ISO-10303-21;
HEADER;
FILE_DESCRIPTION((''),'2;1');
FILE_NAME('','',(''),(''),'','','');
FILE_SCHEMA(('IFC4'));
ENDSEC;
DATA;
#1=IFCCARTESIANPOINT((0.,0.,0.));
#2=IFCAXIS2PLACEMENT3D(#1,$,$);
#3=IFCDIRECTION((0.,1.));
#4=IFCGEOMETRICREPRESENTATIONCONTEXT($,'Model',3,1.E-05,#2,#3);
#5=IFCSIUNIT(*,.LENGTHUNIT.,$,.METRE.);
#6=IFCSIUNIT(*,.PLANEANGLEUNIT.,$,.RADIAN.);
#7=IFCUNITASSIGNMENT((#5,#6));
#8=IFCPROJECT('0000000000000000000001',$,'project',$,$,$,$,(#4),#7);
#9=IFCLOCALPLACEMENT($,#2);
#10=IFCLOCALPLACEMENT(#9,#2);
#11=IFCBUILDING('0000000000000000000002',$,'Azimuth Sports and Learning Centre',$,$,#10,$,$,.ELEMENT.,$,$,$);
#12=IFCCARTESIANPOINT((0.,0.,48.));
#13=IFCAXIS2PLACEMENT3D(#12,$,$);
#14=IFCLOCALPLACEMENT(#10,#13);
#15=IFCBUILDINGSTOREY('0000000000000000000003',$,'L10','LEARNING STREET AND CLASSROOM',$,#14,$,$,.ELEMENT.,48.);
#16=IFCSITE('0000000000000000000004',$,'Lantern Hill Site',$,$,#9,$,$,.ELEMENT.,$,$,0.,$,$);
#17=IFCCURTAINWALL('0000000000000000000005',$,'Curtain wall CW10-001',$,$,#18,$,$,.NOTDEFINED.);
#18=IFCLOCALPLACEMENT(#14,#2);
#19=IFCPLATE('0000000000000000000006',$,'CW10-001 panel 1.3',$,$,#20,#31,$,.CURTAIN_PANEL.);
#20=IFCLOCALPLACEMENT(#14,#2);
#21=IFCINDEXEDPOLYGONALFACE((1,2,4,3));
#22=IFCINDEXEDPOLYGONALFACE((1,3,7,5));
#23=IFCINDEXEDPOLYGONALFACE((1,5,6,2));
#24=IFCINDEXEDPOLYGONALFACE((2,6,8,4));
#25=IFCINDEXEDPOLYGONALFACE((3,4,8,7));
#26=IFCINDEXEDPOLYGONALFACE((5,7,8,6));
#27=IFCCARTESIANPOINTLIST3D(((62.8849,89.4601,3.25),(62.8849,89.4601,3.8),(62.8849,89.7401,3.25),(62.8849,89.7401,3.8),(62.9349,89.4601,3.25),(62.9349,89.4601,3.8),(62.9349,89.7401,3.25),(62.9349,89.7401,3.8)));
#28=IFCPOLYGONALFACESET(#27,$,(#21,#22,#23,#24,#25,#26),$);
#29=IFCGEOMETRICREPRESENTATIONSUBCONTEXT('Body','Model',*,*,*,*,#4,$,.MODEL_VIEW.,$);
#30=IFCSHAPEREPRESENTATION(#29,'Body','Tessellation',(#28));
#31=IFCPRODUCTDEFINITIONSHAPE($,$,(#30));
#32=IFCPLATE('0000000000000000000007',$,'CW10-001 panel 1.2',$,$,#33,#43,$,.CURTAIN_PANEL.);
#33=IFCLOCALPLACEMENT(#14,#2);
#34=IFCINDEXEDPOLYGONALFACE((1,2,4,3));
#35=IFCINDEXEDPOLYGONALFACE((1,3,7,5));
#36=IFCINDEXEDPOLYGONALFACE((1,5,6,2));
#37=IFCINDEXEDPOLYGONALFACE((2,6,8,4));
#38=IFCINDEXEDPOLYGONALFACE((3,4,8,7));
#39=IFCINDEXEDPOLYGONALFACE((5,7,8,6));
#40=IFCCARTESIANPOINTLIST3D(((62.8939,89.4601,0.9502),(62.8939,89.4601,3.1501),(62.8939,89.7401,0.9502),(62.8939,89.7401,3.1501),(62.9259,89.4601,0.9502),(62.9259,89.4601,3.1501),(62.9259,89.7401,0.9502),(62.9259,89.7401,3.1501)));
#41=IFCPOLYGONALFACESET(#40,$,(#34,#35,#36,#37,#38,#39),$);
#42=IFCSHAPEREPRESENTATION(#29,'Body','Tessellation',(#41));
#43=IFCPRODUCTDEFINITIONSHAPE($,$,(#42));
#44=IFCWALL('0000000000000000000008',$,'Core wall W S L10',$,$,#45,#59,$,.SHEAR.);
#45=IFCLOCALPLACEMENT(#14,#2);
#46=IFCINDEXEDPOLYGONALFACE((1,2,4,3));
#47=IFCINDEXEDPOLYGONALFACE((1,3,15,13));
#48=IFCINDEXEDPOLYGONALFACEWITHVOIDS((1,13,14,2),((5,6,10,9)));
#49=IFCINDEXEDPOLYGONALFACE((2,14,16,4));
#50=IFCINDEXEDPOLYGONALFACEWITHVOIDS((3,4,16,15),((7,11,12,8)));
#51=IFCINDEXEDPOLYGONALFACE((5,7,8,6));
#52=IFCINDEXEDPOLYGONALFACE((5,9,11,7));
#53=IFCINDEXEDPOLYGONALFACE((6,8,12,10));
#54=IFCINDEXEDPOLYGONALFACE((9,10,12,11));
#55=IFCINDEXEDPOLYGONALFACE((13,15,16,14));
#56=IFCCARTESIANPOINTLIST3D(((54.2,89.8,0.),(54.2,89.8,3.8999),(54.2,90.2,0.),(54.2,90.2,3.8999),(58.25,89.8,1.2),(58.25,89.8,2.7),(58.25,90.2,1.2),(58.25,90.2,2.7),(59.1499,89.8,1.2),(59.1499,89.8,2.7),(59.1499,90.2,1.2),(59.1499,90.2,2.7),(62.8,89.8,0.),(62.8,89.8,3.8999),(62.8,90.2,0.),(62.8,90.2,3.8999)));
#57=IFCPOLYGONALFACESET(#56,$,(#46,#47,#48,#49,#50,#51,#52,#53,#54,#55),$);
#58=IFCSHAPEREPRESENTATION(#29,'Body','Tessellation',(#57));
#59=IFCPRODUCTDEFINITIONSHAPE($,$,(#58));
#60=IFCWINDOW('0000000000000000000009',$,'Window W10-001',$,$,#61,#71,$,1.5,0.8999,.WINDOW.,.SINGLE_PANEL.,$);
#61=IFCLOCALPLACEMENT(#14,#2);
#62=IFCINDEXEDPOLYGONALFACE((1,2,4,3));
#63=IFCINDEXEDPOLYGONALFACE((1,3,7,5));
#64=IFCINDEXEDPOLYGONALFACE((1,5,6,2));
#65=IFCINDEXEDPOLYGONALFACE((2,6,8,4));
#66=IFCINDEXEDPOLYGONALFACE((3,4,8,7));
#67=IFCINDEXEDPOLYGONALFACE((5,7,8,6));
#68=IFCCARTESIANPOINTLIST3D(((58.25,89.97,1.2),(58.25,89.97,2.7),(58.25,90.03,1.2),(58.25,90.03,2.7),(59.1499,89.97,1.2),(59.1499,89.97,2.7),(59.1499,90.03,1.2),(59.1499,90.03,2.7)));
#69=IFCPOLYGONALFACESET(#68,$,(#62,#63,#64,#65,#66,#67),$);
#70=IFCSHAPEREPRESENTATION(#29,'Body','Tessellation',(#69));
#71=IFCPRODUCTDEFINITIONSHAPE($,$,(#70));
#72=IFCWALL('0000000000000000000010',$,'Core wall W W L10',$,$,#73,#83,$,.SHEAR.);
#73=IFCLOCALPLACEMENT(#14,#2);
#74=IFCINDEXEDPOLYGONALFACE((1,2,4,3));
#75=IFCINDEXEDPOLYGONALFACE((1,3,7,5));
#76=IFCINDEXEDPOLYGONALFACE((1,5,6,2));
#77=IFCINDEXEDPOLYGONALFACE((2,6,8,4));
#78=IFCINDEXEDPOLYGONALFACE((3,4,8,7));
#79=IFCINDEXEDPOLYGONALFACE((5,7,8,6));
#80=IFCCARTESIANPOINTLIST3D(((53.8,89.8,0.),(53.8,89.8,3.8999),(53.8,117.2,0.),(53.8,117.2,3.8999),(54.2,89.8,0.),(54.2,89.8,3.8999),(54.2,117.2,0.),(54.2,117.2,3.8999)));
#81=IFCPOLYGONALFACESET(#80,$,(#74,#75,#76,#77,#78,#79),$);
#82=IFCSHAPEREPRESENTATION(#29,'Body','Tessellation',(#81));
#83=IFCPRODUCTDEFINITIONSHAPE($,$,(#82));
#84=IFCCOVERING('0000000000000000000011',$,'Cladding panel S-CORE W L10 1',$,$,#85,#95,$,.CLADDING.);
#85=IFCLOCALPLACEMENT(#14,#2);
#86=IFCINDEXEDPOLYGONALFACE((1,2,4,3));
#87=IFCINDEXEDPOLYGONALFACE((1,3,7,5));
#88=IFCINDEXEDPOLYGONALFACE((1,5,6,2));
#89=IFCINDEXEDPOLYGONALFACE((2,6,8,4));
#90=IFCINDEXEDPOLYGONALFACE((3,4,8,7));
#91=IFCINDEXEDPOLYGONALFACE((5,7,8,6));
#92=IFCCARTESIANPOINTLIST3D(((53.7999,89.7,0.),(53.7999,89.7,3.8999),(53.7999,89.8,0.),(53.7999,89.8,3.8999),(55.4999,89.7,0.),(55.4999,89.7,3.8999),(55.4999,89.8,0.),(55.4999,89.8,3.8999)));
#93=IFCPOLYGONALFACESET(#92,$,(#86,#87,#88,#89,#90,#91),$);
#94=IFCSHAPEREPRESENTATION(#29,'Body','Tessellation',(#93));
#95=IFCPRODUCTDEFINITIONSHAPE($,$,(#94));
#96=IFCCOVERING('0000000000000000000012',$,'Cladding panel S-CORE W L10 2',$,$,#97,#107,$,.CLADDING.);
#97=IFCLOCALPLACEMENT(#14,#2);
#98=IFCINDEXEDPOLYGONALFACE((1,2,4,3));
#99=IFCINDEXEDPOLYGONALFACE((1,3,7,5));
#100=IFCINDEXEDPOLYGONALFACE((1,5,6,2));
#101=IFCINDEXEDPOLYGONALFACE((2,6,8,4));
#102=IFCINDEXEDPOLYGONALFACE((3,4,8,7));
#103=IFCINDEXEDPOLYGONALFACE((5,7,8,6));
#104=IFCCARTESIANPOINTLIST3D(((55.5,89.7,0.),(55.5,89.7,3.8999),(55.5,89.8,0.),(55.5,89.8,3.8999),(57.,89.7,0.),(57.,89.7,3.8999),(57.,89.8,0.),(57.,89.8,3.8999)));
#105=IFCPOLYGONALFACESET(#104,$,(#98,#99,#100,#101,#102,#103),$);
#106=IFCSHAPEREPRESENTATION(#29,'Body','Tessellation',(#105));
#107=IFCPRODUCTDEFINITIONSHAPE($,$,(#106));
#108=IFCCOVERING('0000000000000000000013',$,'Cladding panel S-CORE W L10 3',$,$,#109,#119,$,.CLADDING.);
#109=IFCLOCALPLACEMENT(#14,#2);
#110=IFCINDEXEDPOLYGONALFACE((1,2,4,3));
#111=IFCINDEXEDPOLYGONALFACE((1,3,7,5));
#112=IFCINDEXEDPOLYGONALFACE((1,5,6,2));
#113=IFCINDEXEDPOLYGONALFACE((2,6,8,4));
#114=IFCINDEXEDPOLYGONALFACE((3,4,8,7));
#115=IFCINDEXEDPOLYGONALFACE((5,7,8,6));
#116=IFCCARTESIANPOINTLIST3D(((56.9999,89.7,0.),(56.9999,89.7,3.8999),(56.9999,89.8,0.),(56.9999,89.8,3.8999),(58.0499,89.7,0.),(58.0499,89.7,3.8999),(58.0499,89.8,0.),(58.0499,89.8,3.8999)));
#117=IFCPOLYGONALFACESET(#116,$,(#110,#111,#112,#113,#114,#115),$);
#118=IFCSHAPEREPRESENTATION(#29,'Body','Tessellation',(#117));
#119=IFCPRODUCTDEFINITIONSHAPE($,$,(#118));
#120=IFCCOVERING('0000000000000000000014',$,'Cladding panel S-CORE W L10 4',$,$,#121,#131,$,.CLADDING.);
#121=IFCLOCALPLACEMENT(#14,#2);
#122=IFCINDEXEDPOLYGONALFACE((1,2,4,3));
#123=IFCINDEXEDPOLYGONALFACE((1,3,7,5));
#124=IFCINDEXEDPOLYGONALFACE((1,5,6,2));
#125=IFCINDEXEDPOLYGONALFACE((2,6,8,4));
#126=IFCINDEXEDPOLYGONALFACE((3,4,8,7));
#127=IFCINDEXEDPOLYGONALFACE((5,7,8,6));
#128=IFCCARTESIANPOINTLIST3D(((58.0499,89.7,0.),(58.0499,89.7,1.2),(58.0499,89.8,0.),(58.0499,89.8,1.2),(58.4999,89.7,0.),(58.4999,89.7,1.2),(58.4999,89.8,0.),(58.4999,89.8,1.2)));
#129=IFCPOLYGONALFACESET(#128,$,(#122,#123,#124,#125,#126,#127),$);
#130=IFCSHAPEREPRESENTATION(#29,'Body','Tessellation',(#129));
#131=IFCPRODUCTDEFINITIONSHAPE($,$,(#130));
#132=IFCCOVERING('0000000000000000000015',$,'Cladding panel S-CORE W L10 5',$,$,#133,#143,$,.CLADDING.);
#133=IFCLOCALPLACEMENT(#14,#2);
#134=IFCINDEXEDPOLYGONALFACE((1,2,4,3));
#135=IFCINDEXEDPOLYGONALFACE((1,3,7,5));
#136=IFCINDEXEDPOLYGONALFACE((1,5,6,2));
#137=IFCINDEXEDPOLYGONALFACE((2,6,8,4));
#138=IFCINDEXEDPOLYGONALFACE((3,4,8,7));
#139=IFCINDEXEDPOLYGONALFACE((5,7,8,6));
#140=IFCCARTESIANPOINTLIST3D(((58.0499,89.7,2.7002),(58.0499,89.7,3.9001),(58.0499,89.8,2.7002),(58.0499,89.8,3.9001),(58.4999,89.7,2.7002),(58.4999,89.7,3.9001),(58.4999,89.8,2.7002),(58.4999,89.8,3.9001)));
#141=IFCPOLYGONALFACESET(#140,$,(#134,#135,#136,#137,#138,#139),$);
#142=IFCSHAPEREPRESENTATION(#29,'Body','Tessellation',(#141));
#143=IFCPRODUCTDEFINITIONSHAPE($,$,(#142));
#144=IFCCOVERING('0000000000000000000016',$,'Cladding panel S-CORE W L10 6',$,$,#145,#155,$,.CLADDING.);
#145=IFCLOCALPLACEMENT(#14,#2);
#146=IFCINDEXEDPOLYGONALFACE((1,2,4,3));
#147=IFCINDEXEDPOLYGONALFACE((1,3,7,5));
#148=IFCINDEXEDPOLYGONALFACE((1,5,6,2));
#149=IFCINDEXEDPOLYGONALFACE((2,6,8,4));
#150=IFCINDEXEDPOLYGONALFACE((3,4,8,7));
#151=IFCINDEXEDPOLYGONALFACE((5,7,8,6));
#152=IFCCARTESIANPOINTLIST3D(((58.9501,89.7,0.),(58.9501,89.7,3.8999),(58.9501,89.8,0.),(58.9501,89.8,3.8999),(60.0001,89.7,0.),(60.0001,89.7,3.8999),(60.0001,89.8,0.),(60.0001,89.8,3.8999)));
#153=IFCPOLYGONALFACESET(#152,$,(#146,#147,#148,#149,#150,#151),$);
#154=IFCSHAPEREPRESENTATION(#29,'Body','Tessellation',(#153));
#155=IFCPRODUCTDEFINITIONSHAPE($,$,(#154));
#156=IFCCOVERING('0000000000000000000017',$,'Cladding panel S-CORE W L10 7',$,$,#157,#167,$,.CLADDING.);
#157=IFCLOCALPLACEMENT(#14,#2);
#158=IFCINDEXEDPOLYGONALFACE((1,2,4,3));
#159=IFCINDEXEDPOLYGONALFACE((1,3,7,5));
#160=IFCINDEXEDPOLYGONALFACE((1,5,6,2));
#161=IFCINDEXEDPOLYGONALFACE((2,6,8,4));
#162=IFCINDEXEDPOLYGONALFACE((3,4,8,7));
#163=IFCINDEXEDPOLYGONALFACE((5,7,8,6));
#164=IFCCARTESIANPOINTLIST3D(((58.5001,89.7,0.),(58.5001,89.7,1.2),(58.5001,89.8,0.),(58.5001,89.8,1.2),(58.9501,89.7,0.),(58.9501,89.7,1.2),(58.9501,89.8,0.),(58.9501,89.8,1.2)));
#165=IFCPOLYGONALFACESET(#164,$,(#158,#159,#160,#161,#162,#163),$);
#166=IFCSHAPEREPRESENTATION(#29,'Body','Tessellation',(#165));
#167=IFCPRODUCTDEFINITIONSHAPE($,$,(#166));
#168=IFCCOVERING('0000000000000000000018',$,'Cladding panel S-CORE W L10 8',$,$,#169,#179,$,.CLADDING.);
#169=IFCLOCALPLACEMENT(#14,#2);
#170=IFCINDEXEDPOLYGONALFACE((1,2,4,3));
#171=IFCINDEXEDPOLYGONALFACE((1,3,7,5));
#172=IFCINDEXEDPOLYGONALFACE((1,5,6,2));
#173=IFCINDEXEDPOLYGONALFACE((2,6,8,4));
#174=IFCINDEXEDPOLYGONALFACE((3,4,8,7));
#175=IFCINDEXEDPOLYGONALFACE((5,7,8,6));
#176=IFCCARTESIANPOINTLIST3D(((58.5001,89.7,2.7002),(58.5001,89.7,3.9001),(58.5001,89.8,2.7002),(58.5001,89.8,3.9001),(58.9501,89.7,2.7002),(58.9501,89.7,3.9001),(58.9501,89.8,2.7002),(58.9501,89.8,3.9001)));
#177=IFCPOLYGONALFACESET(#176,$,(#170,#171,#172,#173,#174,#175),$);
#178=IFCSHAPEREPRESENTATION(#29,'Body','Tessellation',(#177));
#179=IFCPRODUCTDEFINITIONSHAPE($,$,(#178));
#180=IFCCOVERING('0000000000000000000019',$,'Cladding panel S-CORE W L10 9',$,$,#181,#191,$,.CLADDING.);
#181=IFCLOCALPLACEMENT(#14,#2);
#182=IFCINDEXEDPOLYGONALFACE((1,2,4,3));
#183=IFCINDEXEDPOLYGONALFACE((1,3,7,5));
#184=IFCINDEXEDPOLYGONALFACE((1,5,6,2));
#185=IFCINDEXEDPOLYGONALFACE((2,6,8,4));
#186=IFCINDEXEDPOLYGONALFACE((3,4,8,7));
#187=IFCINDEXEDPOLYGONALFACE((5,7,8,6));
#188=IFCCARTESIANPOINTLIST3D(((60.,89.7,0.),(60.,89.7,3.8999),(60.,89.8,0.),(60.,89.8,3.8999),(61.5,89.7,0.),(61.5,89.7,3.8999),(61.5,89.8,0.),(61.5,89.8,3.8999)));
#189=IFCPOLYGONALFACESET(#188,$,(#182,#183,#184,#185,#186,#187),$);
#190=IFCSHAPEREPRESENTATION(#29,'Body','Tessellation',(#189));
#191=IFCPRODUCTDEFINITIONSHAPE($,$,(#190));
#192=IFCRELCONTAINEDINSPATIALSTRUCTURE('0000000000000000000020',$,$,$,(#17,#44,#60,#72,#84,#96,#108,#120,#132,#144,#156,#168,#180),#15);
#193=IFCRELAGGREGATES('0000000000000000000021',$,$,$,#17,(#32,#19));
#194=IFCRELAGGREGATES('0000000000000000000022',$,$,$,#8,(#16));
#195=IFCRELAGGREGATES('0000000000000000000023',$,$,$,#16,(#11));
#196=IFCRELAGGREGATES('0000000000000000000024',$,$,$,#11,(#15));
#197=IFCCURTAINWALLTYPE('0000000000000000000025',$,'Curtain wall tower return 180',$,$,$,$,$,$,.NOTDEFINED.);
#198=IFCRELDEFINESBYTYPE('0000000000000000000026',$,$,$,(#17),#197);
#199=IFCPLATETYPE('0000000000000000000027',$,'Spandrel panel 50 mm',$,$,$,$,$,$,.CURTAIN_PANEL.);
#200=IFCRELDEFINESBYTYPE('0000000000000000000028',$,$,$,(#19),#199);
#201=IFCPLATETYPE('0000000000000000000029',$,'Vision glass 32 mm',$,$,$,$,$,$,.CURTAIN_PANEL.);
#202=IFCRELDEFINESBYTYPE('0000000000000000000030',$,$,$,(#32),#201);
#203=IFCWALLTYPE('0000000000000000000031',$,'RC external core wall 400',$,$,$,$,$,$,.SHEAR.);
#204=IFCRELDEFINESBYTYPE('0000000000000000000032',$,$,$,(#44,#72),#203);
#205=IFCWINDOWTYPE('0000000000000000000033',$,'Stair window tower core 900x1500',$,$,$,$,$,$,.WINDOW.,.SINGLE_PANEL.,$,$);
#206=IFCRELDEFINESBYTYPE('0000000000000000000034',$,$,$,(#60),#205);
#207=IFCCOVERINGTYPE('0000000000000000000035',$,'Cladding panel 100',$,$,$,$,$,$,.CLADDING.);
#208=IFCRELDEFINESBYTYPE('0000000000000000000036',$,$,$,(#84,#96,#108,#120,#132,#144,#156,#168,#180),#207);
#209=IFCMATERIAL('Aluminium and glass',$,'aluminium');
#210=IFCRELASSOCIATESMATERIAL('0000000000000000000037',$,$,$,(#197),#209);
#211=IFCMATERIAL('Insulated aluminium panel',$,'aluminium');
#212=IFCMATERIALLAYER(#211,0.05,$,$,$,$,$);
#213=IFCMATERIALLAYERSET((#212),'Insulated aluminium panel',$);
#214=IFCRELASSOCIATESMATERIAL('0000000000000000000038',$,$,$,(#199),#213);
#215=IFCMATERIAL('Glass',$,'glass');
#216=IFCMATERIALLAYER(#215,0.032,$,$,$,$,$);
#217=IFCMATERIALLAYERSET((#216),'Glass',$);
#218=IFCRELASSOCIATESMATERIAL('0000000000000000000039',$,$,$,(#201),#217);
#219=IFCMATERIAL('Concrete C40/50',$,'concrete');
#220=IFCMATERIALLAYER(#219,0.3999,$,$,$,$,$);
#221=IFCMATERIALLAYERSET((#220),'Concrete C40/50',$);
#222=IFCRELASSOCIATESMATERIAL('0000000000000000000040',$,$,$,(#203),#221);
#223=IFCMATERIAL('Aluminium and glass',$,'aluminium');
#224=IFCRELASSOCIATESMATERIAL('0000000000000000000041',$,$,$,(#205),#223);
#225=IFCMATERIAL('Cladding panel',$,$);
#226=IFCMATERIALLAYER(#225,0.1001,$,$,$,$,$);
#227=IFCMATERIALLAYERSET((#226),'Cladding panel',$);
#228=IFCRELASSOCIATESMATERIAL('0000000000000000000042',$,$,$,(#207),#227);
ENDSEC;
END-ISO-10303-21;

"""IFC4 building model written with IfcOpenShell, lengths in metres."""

from ifc_helpers import new_model, si_unit, direction, frame, frame_2d, origin, origin_2d, place, context, subcontext, project, spatial, rectangle, extrude, material, layer, layer_set, type_object, element, fill, aggregate, save


model = new_model("IFC4")

# Units and contexts
model_context = context("Model", 3, precision=1e-05, world=origin(), true_north=direction((0.0, 1.0)))
body_context = subcontext(model_context, "Body", "Model", "MODEL_VIEW")
ifc_project = project(units=[si_unit("LENGTHUNIT", "METRE"), si_unit("PLANEANGLEUNIT", "RADIAN")], contexts=[model_context])

# Site, building, storey
site_placement = place(None, origin())
site = spatial("IfcSite", under=ifc_project, at=site_placement, Name="Lantern Hill Site", CompositionType="ELEMENT", RefElevation=0.0)
building_placement = place(site_placement, origin())
building = spatial("IfcBuilding", under=site, at=building_placement, Name="Azimuth Sports and Learning Centre", CompositionType="ELEMENT")
storey_placement = place(building_placement, frame((0.0, 0.0, 48.0)))
storey = spatial("IfcBuildingStorey", under=building, at=storey_placement, Name="L10", Description="LEARNING STREET AND CLASSROOM", CompositionType="ELEMENT", Elevation=48.0)

# Curtain wall, plates
ifc_material_1 = material(Name="Aluminium and glass", Category="aluminium")
curtain_wall_type = type_object("IfcCurtainWallType", Name="Curtain wall tower return 180", PredefinedType="NOTDEFINED", material=ifc_material_1)
curtain_wall_placement = place(storey_placement, origin())
curtain_wall = element("IfcCurtainWall", 1, at=curtain_wall_placement, inside=storey, type_object=curtain_wall_type, Name="Curtain wall CW10-001", PredefinedType="NOTDEFINED")
ifc_material_2 = material(Name="Insulated aluminium panel", Category="aluminium")
ifc_layer_1 = layer(ifc_material_2, 0.05)
ifc_layer_set_1 = layer_set([ifc_layer_1], Name="Insulated aluminium panel")
plate_type_1 = type_object("IfcPlateType", Name="Spandrel panel 50 mm", PredefinedType="CURTAIN_PANEL", material=ifc_layer_set_1)
plate_1_placement = place(storey_placement, frame((62.9099, 89.6001, 3.25), z_axis=(0.0, 0.0, 1.0), x_axis=(0.0, -1.0, 0.0)))
plate_1 = element("IfcPlate", 2, at=plate_1_placement, type_object=plate_type_1, Name="CW10-001 panel 1.3", PredefinedType="CURTAIN_PANEL", context=body_context, shape_type="SweptSolid", body=[
    extrude(rectangle(XDim=0.28, YDim=0.05, at=origin_2d()), origin(), (0.0, 0.0, 1.0), 0.55),
])
ifc_material_3 = material(Name="Glass", Category="glass")
ifc_layer_2 = layer(ifc_material_3, 0.032)
ifc_layer_set_2 = layer_set([ifc_layer_2], Name="Glass")
plate_type_2 = type_object("IfcPlateType", Name="Vision glass 32 mm", PredefinedType="CURTAIN_PANEL", material=ifc_layer_set_2)
plate_2_placement = place(storey_placement, frame((62.9099, 89.6001, 0.9502), z_axis=(0.0, 0.0, 1.0), x_axis=(0.0, -1.0, 0.0)))
plate_2 = element("IfcPlate", 3, at=plate_2_placement, type_object=plate_type_2, Name="CW10-001 panel 1.2", PredefinedType="CURTAIN_PANEL", context=body_context, shape_type="SweptSolid", body=[
    extrude(rectangle(XDim=0.28, YDim=0.032, at=origin_2d()), origin(), (0.0, 0.0, 1.0), 2.2),
])
aggregate(curtain_wall, [plate_2, plate_1])

# Wall, opening, window
ifc_material_4 = material(Name="Concrete C40/50", Category="concrete")
ifc_layer_3 = layer(ifc_material_4, 0.3999)
ifc_layer_set_3 = layer_set([ifc_layer_3], Name="Concrete C40/50")
wall_type = type_object("IfcWallType", Name="RC external core wall 400", PredefinedType="SHEAR", material=ifc_layer_set_3)
wall_1_placement = place(storey_placement, frame((54.2, 90.0, 0.0), z_axis=(0.0, 0.0, 1.0), x_axis=(1.0, 0.0, 0.0)))
wall_1 = element("IfcWall", 4, at=wall_1_placement, inside=storey, type_object=wall_type, Name="Core wall W S L10", PredefinedType="SHEAR", context=body_context, shape_type="SweptSolid", body=[
    extrude(rectangle(XDim=8.6001, YDim=0.3999, at=frame_2d((4.3, 0.0))), origin(), (0.0, 0.0, 1.0), 3.8999),
])
opening_placement = place(wall_1_placement, frame((4.05, 0.0, 1.2)))
opening = element("IfcOpeningElement", 5, at=opening_placement, cuts=wall_1, PredefinedType="OPENING", context=body_context, shape_type="SweptSolid", body=[
    extrude(rectangle(XDim=0.8999, YDim=1.5, at=frame_2d((0.45, 0.75))), frame((0.0, 0.2109, 0.0), z_axis=(0.0, -1.0, 0.0), x_axis=(1.0, 0.0, 0.0)), (0.0, 0.0, 1.0), 0.4219),
])
ifc_material_5 = material(Name="Aluminium and glass", Category="aluminium")
window_type = type_object("IfcWindowType", Name="Stair window tower core 900x1500", PartitioningType="SINGLE_PANEL", PredefinedType="WINDOW", material=ifc_material_5)
window_placement = place(opening_placement, origin())
window = element("IfcWindow", 6, at=window_placement, inside=storey, type_object=window_type, Name="Window W10-001", OverallHeight=1.5, OverallWidth=0.8999, PartitioningType="SINGLE_PANEL", PredefinedType="WINDOW", context=body_context, shape_type="SweptSolid", body=[
    extrude(rectangle(XDim=0.8999, YDim=1.5, at=frame_2d((0.45, 0.75))), frame((0.0, 0.03, 0.0), z_axis=(0.0, -1.0, 0.0), x_axis=(1.0, 0.0, 0.0)), (0.0, 0.0, 1.0), 0.0601),
])
fill(opening, window)

# Wall
wall_2_placement = place(storey_placement, frame((54.0, 89.8, 0.0), z_axis=(0.0, 0.0, 1.0), x_axis=(0.0, 1.0, 0.0)))
element("IfcWall", 7, at=wall_2_placement, inside=storey, type_object=wall_type, Name="Core wall W W L10", PredefinedType="SHEAR", context=body_context, shape_type="SweptSolid", body=[
    extrude(rectangle(XDim=27.3999, YDim=0.3999, at=frame_2d((13.7, 0.0))), origin(), (0.0, 0.0, 1.0), 3.8999),
])

# Coverings
ifc_material_6 = material(Name="Cladding panel")
ifc_layer_4 = layer(ifc_material_6, 0.1001)
ifc_layer_set_4 = layer_set([ifc_layer_4], Name="Cladding panel")
covering_type = type_object("IfcCoveringType", Name="Cladding panel 100", PredefinedType="CLADDING", material=ifc_layer_set_4)
covering_1_placement = place(storey_placement, frame((54.6499, 89.75, 0.0), z_axis=(0.0, 0.0, 1.0), x_axis=(1.0, 0.0, 0.0)))
element("IfcCovering", 8, at=covering_1_placement, inside=storey, type_object=covering_type, Name="Cladding panel S-CORE W L10 1", PredefinedType="CLADDING", context=body_context, shape_type="SweptSolid", body=[
    extrude(rectangle(XDim=1.7, YDim=0.1001, at=origin_2d()), origin(), (0.0, 0.0, 1.0), 3.8999),
])
covering_2_placement = place(storey_placement, frame((56.25, 89.75, 0.0), z_axis=(0.0, 0.0, 1.0), x_axis=(1.0, 0.0, 0.0)))
element("IfcCovering", 9, at=covering_2_placement, inside=storey, type_object=covering_type, Name="Cladding panel S-CORE W L10 2", PredefinedType="CLADDING", context=body_context, shape_type="SweptSolid", body=[
    extrude(rectangle(XDim=1.5, YDim=0.1001, at=origin_2d()), origin(), (0.0, 0.0, 1.0), 3.8999),
])
covering_3_placement = place(storey_placement, frame((57.5249, 89.75, 0.0), z_axis=(0.0, 0.0, 1.0), x_axis=(1.0, 0.0, 0.0)))
element("IfcCovering", 10, at=covering_3_placement, inside=storey, type_object=covering_type, Name="Cladding panel S-CORE W L10 3", PredefinedType="CLADDING", context=body_context, shape_type="SweptSolid", body=[
    extrude(rectangle(XDim=1.05, YDim=0.1001, at=origin_2d()), origin(), (0.0, 0.0, 1.0), 3.8999),
])
for number, where, z_axis, x_axis, name in (
    (11, (58.2749, 89.75, 0.0), (0.0, 0.0, 1.0), (1.0, 0.0, 0.0), "Cladding panel S-CORE W L10 4"),
    (12, (58.2749, 89.75, 2.7002), (0.0, 0.0, 1.0), (1.0, 0.0, 0.0), "Cladding panel S-CORE W L10 5"),
):
    element("IfcCovering", number, at=place(storey_placement, frame(where, z_axis=z_axis, x_axis=x_axis)), inside=storey, type_object=covering_type, Name=name, PredefinedType="CLADDING", context=body_context, shape_type="SweptSolid", body=[
        extrude(rectangle(XDim=0.45, YDim=0.1001, at=origin_2d()), origin(), (0.0, 0.0, 1.0), 1.2),
    ])
covering_4_placement = place(storey_placement, frame((59.4751, 89.75, 0.0), z_axis=(0.0, 0.0, 1.0), x_axis=(1.0, 0.0, 0.0)))
element("IfcCovering", 13, at=covering_4_placement, inside=storey, type_object=covering_type, Name="Cladding panel S-CORE W L10 6", PredefinedType="CLADDING", context=body_context, shape_type="SweptSolid", body=[
    extrude(rectangle(XDim=1.05, YDim=0.1001, at=origin_2d()), origin(), (0.0, 0.0, 1.0), 3.8999),
])
for number, where, z_axis, x_axis, name in (
    (14, (58.7251, 89.75, 0.0), (0.0, 0.0, 1.0), (1.0, 0.0, 0.0), "Cladding panel S-CORE W L10 7"),
    (15, (58.7251, 89.75, 2.7002), (0.0, 0.0, 1.0), (1.0, 0.0, 0.0), "Cladding panel S-CORE W L10 8"),
):
    element("IfcCovering", number, at=place(storey_placement, frame(where, z_axis=z_axis, x_axis=x_axis)), inside=storey, type_object=covering_type, Name=name, PredefinedType="CLADDING", context=body_context, shape_type="SweptSolid", body=[
        extrude(rectangle(XDim=0.45, YDim=0.1001, at=origin_2d()), origin(), (0.0, 0.0, 1.0), 1.2),
    ])
covering_5_placement = place(storey_placement, frame((60.75, 89.75, 0.0), z_axis=(0.0, 0.0, 1.0), x_axis=(1.0, 0.0, 0.0)))
element("IfcCovering", 16, at=covering_5_placement, inside=storey, type_object=covering_type, Name="Cladding panel S-CORE W L10 9", PredefinedType="CLADDING", context=body_context, shape_type="SweptSolid", body=[
    extrude(rectangle(XDim=1.5, YDim=0.1001, at=origin_2d()), origin(), (0.0, 0.0, 1.0), 3.8999),
])

save(model, "model.ifc")
